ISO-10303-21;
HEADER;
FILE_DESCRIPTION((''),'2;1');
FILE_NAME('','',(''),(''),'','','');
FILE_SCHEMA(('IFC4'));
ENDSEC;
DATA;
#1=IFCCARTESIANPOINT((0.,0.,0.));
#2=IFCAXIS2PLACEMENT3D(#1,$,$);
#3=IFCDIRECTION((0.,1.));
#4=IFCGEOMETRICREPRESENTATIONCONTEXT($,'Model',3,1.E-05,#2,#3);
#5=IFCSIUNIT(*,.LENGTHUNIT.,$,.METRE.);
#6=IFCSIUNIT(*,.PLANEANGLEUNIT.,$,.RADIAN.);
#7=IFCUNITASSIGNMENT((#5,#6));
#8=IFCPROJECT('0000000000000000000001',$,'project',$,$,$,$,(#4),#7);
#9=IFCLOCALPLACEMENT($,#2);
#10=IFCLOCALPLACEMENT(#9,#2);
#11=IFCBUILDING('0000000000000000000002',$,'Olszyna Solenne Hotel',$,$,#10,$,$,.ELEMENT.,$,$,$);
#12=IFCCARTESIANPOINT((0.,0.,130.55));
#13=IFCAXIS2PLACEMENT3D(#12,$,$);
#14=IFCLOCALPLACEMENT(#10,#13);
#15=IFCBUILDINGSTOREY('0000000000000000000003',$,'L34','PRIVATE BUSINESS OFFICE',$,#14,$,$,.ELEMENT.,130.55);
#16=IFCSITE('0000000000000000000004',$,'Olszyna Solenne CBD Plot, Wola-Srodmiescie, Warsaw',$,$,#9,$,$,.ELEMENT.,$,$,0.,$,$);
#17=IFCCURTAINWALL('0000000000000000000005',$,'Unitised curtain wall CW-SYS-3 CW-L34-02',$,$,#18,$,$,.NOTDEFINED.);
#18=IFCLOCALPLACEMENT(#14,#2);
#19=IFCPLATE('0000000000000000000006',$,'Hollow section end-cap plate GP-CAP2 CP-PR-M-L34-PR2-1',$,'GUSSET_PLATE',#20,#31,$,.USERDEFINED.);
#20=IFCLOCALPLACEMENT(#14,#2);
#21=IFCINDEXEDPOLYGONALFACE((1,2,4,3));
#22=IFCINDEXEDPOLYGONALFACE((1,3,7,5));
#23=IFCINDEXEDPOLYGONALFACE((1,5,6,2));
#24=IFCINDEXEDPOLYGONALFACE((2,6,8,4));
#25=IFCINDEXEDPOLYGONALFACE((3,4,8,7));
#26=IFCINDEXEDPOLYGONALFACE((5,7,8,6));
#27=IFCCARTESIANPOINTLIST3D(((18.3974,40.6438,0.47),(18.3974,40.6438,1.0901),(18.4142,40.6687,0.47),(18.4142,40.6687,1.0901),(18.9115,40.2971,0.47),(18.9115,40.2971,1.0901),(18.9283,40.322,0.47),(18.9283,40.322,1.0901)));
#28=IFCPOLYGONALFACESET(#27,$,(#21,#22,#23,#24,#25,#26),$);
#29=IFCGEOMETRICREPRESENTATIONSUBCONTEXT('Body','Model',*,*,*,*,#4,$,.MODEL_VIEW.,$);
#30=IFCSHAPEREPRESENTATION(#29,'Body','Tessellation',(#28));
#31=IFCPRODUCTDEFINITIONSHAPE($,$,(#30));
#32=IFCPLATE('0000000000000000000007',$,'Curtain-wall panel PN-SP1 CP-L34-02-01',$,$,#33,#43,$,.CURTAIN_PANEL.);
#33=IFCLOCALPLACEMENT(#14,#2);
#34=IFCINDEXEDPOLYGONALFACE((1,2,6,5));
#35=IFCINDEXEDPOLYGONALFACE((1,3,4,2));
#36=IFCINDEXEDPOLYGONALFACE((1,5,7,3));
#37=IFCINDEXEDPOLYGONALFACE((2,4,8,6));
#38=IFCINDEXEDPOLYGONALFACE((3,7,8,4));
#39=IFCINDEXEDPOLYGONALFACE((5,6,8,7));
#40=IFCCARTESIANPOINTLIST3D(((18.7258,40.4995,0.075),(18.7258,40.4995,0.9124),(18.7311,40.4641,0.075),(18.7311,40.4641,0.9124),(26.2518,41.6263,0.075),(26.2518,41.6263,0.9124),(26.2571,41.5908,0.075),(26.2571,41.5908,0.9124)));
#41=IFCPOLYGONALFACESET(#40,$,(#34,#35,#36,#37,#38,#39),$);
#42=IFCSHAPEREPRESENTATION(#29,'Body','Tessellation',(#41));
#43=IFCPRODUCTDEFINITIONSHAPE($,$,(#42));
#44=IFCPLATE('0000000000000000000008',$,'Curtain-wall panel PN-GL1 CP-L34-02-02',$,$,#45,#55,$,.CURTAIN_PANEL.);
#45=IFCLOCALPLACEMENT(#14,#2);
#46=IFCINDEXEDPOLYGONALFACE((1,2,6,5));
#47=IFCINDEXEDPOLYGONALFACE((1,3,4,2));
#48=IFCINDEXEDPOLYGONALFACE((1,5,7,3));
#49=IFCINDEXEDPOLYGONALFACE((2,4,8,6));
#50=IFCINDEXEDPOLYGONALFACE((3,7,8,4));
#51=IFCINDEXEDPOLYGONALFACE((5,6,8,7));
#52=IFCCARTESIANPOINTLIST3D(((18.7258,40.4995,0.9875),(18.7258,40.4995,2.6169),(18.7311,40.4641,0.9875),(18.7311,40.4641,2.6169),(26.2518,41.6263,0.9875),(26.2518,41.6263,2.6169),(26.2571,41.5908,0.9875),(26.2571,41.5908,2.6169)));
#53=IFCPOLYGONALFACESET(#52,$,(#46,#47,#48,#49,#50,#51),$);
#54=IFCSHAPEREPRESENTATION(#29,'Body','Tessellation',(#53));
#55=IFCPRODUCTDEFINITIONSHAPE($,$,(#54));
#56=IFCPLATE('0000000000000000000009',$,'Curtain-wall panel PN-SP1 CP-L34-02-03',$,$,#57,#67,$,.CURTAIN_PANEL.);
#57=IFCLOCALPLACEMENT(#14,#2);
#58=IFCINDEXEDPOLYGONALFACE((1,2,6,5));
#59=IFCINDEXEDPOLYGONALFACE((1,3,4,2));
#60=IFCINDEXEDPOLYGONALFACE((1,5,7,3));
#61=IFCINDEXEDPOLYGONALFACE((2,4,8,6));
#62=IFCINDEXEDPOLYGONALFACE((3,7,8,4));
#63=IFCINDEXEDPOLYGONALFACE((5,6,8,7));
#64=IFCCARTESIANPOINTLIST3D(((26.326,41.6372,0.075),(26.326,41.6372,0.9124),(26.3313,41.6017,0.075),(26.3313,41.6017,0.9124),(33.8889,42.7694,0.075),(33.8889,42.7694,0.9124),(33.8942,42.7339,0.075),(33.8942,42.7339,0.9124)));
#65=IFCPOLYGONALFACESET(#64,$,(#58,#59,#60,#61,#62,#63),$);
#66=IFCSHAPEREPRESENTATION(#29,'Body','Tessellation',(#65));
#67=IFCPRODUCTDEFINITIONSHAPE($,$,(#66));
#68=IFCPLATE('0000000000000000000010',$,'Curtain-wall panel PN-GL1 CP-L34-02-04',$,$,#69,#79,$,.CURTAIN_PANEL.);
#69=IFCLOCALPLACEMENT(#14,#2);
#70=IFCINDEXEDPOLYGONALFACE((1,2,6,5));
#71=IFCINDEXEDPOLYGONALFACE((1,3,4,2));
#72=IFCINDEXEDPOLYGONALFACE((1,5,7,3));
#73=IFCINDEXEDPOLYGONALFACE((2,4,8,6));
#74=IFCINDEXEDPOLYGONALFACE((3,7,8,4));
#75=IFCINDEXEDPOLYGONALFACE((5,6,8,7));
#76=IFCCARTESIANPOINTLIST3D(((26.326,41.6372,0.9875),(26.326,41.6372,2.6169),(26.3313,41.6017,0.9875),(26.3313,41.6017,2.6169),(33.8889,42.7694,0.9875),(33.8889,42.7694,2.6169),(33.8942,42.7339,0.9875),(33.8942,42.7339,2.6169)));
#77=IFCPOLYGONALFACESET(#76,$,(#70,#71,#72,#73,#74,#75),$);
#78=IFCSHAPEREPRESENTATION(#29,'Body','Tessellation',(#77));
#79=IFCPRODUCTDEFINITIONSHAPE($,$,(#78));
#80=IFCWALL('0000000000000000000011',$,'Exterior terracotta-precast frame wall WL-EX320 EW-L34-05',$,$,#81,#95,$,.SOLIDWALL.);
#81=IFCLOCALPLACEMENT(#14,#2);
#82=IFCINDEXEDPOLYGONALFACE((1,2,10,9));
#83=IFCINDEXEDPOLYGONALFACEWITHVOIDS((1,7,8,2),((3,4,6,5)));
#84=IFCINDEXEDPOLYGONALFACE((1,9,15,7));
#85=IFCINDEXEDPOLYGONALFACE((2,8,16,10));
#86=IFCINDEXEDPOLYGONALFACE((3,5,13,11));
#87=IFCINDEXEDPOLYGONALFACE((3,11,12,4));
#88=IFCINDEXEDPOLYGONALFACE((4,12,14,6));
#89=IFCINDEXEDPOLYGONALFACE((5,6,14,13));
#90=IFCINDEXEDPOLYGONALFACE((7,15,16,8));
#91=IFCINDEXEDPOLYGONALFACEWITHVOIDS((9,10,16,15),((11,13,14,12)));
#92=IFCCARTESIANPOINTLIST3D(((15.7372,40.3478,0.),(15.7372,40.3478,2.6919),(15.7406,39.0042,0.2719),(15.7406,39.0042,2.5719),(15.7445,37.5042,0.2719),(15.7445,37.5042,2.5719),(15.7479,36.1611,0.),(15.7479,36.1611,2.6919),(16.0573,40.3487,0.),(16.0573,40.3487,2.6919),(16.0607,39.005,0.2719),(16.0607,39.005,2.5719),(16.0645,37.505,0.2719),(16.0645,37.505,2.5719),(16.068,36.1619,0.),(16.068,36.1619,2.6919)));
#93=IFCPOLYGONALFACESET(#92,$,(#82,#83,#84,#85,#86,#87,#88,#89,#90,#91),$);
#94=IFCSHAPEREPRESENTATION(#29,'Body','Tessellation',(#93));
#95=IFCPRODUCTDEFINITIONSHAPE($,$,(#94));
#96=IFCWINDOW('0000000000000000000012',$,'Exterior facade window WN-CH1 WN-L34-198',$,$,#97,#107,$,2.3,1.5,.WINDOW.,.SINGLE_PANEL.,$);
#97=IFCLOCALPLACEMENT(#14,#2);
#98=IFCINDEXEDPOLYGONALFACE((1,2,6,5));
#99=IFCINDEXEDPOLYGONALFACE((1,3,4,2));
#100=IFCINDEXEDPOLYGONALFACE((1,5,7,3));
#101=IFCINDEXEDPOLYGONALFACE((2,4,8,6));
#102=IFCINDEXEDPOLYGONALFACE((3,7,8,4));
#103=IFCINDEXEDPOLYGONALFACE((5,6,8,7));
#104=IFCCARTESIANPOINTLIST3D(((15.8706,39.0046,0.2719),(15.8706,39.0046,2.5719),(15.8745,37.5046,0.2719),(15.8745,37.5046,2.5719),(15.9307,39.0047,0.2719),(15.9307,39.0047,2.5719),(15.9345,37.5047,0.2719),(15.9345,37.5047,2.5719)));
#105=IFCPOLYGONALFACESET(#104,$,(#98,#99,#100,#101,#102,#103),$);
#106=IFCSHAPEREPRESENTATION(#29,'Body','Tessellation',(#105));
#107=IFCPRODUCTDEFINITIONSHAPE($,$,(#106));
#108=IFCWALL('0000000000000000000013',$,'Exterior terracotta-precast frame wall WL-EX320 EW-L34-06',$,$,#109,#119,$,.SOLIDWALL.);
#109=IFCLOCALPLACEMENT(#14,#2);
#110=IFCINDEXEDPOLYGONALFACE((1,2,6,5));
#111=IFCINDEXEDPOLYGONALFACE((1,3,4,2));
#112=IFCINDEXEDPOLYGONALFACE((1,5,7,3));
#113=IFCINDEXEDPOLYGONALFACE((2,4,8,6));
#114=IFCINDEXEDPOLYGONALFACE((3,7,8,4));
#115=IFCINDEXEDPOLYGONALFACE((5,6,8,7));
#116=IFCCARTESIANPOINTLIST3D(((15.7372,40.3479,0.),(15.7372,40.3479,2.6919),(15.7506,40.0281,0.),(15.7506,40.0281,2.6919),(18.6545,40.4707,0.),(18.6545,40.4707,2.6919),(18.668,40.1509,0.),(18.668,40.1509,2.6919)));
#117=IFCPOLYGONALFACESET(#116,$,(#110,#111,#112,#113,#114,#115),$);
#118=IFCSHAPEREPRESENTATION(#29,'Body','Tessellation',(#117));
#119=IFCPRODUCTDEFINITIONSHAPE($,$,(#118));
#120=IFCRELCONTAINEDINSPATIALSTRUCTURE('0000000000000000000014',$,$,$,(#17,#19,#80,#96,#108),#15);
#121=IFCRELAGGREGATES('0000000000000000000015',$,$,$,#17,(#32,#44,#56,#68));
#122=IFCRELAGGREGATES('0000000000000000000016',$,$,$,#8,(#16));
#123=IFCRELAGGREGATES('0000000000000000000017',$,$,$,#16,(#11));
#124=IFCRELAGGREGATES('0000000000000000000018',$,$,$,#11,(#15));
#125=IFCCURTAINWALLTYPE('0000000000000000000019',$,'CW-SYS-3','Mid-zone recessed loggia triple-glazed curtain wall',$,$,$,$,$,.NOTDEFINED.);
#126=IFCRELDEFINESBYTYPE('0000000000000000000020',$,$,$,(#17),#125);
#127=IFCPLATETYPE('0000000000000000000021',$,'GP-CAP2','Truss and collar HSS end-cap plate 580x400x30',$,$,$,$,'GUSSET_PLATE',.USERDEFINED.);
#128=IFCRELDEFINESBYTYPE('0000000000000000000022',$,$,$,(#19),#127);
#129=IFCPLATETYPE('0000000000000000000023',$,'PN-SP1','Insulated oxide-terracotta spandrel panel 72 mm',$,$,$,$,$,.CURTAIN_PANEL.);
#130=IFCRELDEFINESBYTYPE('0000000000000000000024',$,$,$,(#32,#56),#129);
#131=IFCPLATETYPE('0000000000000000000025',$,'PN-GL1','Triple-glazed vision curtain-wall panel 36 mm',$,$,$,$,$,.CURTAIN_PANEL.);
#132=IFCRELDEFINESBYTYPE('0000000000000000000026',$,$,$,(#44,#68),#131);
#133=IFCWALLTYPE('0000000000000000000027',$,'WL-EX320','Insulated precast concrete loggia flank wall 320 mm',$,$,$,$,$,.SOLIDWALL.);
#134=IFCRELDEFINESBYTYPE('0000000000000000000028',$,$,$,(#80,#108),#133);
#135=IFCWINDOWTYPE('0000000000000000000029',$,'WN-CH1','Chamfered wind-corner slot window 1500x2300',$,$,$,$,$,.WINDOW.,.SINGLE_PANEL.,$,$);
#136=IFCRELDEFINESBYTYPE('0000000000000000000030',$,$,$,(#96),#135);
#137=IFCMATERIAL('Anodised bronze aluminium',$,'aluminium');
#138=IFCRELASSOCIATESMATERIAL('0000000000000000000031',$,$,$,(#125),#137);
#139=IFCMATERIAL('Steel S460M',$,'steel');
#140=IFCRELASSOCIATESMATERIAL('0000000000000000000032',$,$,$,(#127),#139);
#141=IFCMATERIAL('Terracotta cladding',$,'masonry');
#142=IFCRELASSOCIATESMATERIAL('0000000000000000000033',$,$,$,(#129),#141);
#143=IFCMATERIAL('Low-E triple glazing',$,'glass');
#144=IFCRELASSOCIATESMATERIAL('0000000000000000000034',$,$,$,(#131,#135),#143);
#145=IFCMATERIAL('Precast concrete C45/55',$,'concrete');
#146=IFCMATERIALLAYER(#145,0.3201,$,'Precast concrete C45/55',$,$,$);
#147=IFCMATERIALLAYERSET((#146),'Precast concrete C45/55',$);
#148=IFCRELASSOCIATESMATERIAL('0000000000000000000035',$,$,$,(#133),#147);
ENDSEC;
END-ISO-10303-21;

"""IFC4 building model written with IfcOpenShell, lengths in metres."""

from ifc_helpers import new_model, si_unit, direction, frame, frame_2d, origin, origin_2d, place, context, subcontext, project, spatial, rectangle, extrude, source, transform, mapped, material, layer, layer_set, type_object, type_shapes, element, fill, aggregate, save


model = new_model("IFC4")

# Units and contexts
model_context = context("Model", 3, precision=1e-05, world=origin(), true_north=direction((0.0, 1.0)))
body_context = subcontext(model_context, "Body", "Model", "MODEL_VIEW")
ifc_project = project(units=[si_unit("LENGTHUNIT", "METRE"), si_unit("PLANEANGLEUNIT", "RADIAN")], contexts=[model_context])

# Site, building, storey
site_placement = place(None, origin())
site = spatial("IfcSite", under=ifc_project, at=site_placement, Name="Olszyna Solenne CBD Plot, Wola-Srodmiescie, Warsaw", CompositionType="ELEMENT", RefElevation=0.0)
building_placement = place(site_placement, origin())
building = spatial("IfcBuilding", under=site, at=building_placement, Name="Olszyna Solenne Hotel", CompositionType="ELEMENT")
storey_placement = place(building_placement, frame((0.0, 0.0, 130.55)))
storey = spatial("IfcBuildingStorey", under=building, at=storey_placement, Name="L34", Description="PRIVATE BUSINESS OFFICE", CompositionType="ELEMENT", Elevation=130.55)

# Shared definitions
ifc_material_1 = material(Name="Steel S460M", Category="steel")

# Curtain wall
ifc_material_2 = material(Name="Anodised bronze aluminium", Category="aluminium")
curtain_wall_type = type_object("IfcCurtainWallType", Name="CW-SYS-3", Description="Mid-zone recessed loggia triple-glazed curtain wall", PredefinedType="NOTDEFINED", material=ifc_material_2)
curtain_wall_placement = place(storey_placement, origin())
curtain_wall = element("IfcCurtainWall", 1, at=curtain_wall_placement, inside=storey, type_object=curtain_wall_type, Name="Unitised curtain wall CW-SYS-3 CW-L34-02", PredefinedType="NOTDEFINED")

# Plate
plate_type_1 = type_object("IfcPlateType", Name="GP-CAP2", Description="Truss and collar HSS end-cap plate 580x400x30", ElementType="GUSSET_PLATE", PredefinedType="USERDEFINED", material=ifc_material_1)
shared_shape_1 = source(origin(), body_context, "Body", "SweptSolid", [
    extrude(rectangle(XDim=0.03, YDim=0.6201, at=origin_2d()), origin(), (0.0, 0.0, 1.0), 0.6201),
])
for number, where, z_axis, x_axis, name in (
    (2, (18.6628, 40.4829, 0.47), (0.0, 0.0, 1.0), (-0.559193, -0.829038, 0.0), "Hollow section end-cap plate GP-CAP2 CP-PR-M-L34-PR2-1"),
):
    element("IfcPlate", number, at=place(storey_placement, frame(where, z_axis=z_axis, x_axis=x_axis)), inside=storey, type_object=plate_type_1, Name=name, ObjectType="GUSSET_PLATE", PredefinedType="USERDEFINED", context=body_context, shape_type="MappedRepresentation", body=[
        mapped(shared_shape_1, transform((0.0, 0.0, 0.0), x_axis=(1.0, 0.0, 0.0), y_axis=(0.0, 1.0, 0.0), z_axis=(0.0, 0.0, 1.0), scale=1.0)),
    ])

# Plates
ifc_material_3 = material(Name="Terracotta cladding", Category="masonry")
plate_type_2 = type_object("IfcPlateType", Name="PN-SP1", Description="Insulated oxide-terracotta spandrel panel 72 mm", PredefinedType="CURTAIN_PANEL", material=ifc_material_3)
shared_shape_2 = source(origin(), body_context, "Body", "SweptSolid", [
    extrude(rectangle(XDim=7.6099, YDim=0.0359, at=origin_2d()), origin(), (0.0, 0.0, 1.0), 0.8374),
])
plate_1_placement = place(storey_placement, frame((22.4915, 41.0452, 0.075), z_axis=(0.0, 0.0, 1.0), x_axis=(0.988978, 0.148061, 0.0)))
plate_1 = element("IfcPlate", 3, at=plate_1_placement, type_object=plate_type_2, Name="Curtain-wall panel PN-SP1 CP-L34-02-01", PredefinedType="CURTAIN_PANEL", context=body_context, shape_type="MappedRepresentation", body=[
    mapped(shared_shape_2, transform((0.0, 0.0, 0.0), x_axis=(1.0, 0.0, 0.0), y_axis=(0.0, 1.0, 0.0), z_axis=(0.0, 0.0, 1.0), scale=1.0)),
])
ifc_material_4 = material(Name="Low-E triple glazing", Category="glass")
plate_type_3 = type_object("IfcPlateType", Name="PN-GL1", Description="Triple-glazed vision curtain-wall panel 36 mm", PredefinedType="CURTAIN_PANEL", material=ifc_material_4)
shared_shape_3 = source(origin(), body_context, "Body", "SweptSolid", [
    extrude(rectangle(XDim=7.6099, YDim=0.0359, at=origin_2d()), origin(), (0.0, 0.0, 1.0), 1.6294),
])
plate_2_placement = place(storey_placement, frame((22.4915, 41.0452, 0.9875), z_axis=(0.0, 0.0, 1.0), x_axis=(0.988978, 0.148061, 0.0)))
plate_2 = element("IfcPlate", 4, at=plate_2_placement, type_object=plate_type_3, Name="Curtain-wall panel PN-GL1 CP-L34-02-02", PredefinedType="CURTAIN_PANEL", context=body_context, shape_type="MappedRepresentation", body=[
    mapped(shared_shape_3, transform((0.0, 0.0, 0.0), x_axis=(1.0, 0.0, 0.0), y_axis=(0.0, 1.0, 0.0), z_axis=(0.0, 0.0, 1.0), scale=1.0)),
])
shared_shape_4 = source(origin(), body_context, "Body", "SweptSolid", [
    extrude(rectangle(XDim=7.6472, YDim=0.0359, at=origin_2d()), origin(), (0.0, 0.0, 1.0), 0.8374),
])
plate_3_placement = place(storey_placement, frame((30.1101, 42.1855, 0.075), z_axis=(0.0, 0.0, 1.0), x_axis=(0.988978, 0.148061, 0.0)))
plate_3 = element("IfcPlate", 5, at=plate_3_placement, type_object=plate_type_2, Name="Curtain-wall panel PN-SP1 CP-L34-02-03", PredefinedType="CURTAIN_PANEL", context=body_context, shape_type="MappedRepresentation", body=[
    mapped(shared_shape_4, transform((0.0, 0.0, 0.0), x_axis=(1.0, 0.0, 0.0), y_axis=(0.0, 1.0, 0.0), z_axis=(0.0, 0.0, 1.0), scale=1.0)),
])
shared_shape_5 = source(origin(), body_context, "Body", "SweptSolid", [
    extrude(rectangle(XDim=7.6472, YDim=0.0359, at=origin_2d()), origin(), (0.0, 0.0, 1.0), 1.6294),
])
plate_4_placement = place(storey_placement, frame((30.1101, 42.1855, 0.9875), z_axis=(0.0, 0.0, 1.0), x_axis=(0.988978, 0.148061, 0.0)))
plate_4 = element("IfcPlate", 6, at=plate_4_placement, type_object=plate_type_3, Name="Curtain-wall panel PN-GL1 CP-L34-02-04", PredefinedType="CURTAIN_PANEL", context=body_context, shape_type="MappedRepresentation", body=[
    mapped(shared_shape_5, transform((0.0, 0.0, 0.0), x_axis=(1.0, 0.0, 0.0), y_axis=(0.0, 1.0, 0.0), z_axis=(0.0, 0.0, 1.0), scale=1.0)),
])
aggregate(curtain_wall, [plate_1, plate_2, plate_3, plate_4])

# Wall, opening, window
ifc_material_5 = material(Name="Precast concrete C45/55", Category="concrete")
ifc_layer_1 = layer(ifc_material_5, 0.3201, Name="Precast concrete C45/55")
ifc_layer_set_1 = layer_set([ifc_layer_1], Name="Precast concrete C45/55")
wall_type_1 = type_object("IfcWallType", Name="WL-EX320", Description="Insulated precast concrete loggia flank wall 320 mm", PredefinedType="SOLIDWALL", material=ifc_layer_set_1)
wall_1_placement = place(storey_placement, frame((15.908, 36.1616, 0.0), z_axis=(0.0, 0.0, 1.0), x_axis=(-0.002566, 0.999997, 0.0)))
wall_1 = element("IfcWall", 7, at=wall_1_placement, inside=storey, type_object=wall_type_1, Name="Exterior terracotta-precast frame wall WL-EX320 EW-L34-05", PredefinedType="SOLIDWALL", context=body_context, shape_type="SweptSolid", body=[
    extrude(rectangle(XDim=4.1868, YDim=0.3201, at=frame_2d((2.0933, 0.0))), origin(), (0.0, 0.0, 1.0), 2.6919),
])
opening_1_placement = place(wall_1_placement, frame((1.343, 0.0, 0.272)))
opening_1 = element("IfcOpeningElement", 8, at=opening_1_placement, cuts=wall_1, PredefinedType="OPENING", context=body_context, shape_type="SweptSolid", body=[
    extrude(rectangle(XDim=1.5, YDim=2.3, at=frame_2d((0.75, 1.1499))), frame((0.0, 0.1699, 0.0), z_axis=(0.0, -1.0, 0.0), x_axis=(1.0, 0.0, 0.0)), (0.0, 0.0, 1.0), 0.3401),
])
window_type = type_object("IfcWindowType", Name="WN-CH1", Description="Chamfered wind-corner slot window 1500x2300", PartitioningType="SINGLE_PANEL", PredefinedType="WINDOW", material=ifc_material_4)
shared_shape_6 = source(origin(), body_context, "Body", "SweptSolid", [
    extrude(rectangle(XDim=1.5, YDim=2.3, at=frame_2d((0.75, 1.1499))), frame((0.0, 0.03, 0.0), z_axis=(0.0, -1.0, 0.0), x_axis=(1.0, 0.0, 0.0)), (0.0, 0.0, 1.0), 0.0601),
])
type_shapes(window_type, [shared_shape_6])
window_placement = place(opening_1_placement, origin())
window = element("IfcWindow", 9, at=window_placement, inside=storey, type_object=window_type, Name="Exterior facade window WN-CH1 WN-L34-198", OverallHeight=2.3, OverallWidth=1.5, PartitioningType="SINGLE_PANEL", PredefinedType="WINDOW", context=body_context, shape_type="MappedRepresentation", body=[
    mapped(shared_shape_6, transform((0.0, 0.0, 0.0), x_axis=(1.0, 0.0, 0.0), y_axis=(0.0, 1.0, 0.0), z_axis=(0.0, 0.0, 1.0), scale=1.0)),
])
fill(opening_1, window)

# Wall
wall_2_placement = place(storey_placement, frame((15.7439, 40.188, 0.0), z_axis=(0.0, 0.0, 1.0), x_axis=(0.999115, 0.042058, 0.0)))
element("IfcWall", 10, at=wall_2_placement, inside=storey, type_object=wall_type_1, Name="Exterior terracotta-precast frame wall WL-EX320 EW-L34-06", PredefinedType="SOLIDWALL", context=body_context, shape_type="SweptSolid", body=[
    extrude(rectangle(XDim=2.9199, YDim=0.3201, at=frame_2d((1.46, 0.0))), origin(), (0.0, 0.0, 1.0), 2.6919),
])

save(model, "model.ifc")
